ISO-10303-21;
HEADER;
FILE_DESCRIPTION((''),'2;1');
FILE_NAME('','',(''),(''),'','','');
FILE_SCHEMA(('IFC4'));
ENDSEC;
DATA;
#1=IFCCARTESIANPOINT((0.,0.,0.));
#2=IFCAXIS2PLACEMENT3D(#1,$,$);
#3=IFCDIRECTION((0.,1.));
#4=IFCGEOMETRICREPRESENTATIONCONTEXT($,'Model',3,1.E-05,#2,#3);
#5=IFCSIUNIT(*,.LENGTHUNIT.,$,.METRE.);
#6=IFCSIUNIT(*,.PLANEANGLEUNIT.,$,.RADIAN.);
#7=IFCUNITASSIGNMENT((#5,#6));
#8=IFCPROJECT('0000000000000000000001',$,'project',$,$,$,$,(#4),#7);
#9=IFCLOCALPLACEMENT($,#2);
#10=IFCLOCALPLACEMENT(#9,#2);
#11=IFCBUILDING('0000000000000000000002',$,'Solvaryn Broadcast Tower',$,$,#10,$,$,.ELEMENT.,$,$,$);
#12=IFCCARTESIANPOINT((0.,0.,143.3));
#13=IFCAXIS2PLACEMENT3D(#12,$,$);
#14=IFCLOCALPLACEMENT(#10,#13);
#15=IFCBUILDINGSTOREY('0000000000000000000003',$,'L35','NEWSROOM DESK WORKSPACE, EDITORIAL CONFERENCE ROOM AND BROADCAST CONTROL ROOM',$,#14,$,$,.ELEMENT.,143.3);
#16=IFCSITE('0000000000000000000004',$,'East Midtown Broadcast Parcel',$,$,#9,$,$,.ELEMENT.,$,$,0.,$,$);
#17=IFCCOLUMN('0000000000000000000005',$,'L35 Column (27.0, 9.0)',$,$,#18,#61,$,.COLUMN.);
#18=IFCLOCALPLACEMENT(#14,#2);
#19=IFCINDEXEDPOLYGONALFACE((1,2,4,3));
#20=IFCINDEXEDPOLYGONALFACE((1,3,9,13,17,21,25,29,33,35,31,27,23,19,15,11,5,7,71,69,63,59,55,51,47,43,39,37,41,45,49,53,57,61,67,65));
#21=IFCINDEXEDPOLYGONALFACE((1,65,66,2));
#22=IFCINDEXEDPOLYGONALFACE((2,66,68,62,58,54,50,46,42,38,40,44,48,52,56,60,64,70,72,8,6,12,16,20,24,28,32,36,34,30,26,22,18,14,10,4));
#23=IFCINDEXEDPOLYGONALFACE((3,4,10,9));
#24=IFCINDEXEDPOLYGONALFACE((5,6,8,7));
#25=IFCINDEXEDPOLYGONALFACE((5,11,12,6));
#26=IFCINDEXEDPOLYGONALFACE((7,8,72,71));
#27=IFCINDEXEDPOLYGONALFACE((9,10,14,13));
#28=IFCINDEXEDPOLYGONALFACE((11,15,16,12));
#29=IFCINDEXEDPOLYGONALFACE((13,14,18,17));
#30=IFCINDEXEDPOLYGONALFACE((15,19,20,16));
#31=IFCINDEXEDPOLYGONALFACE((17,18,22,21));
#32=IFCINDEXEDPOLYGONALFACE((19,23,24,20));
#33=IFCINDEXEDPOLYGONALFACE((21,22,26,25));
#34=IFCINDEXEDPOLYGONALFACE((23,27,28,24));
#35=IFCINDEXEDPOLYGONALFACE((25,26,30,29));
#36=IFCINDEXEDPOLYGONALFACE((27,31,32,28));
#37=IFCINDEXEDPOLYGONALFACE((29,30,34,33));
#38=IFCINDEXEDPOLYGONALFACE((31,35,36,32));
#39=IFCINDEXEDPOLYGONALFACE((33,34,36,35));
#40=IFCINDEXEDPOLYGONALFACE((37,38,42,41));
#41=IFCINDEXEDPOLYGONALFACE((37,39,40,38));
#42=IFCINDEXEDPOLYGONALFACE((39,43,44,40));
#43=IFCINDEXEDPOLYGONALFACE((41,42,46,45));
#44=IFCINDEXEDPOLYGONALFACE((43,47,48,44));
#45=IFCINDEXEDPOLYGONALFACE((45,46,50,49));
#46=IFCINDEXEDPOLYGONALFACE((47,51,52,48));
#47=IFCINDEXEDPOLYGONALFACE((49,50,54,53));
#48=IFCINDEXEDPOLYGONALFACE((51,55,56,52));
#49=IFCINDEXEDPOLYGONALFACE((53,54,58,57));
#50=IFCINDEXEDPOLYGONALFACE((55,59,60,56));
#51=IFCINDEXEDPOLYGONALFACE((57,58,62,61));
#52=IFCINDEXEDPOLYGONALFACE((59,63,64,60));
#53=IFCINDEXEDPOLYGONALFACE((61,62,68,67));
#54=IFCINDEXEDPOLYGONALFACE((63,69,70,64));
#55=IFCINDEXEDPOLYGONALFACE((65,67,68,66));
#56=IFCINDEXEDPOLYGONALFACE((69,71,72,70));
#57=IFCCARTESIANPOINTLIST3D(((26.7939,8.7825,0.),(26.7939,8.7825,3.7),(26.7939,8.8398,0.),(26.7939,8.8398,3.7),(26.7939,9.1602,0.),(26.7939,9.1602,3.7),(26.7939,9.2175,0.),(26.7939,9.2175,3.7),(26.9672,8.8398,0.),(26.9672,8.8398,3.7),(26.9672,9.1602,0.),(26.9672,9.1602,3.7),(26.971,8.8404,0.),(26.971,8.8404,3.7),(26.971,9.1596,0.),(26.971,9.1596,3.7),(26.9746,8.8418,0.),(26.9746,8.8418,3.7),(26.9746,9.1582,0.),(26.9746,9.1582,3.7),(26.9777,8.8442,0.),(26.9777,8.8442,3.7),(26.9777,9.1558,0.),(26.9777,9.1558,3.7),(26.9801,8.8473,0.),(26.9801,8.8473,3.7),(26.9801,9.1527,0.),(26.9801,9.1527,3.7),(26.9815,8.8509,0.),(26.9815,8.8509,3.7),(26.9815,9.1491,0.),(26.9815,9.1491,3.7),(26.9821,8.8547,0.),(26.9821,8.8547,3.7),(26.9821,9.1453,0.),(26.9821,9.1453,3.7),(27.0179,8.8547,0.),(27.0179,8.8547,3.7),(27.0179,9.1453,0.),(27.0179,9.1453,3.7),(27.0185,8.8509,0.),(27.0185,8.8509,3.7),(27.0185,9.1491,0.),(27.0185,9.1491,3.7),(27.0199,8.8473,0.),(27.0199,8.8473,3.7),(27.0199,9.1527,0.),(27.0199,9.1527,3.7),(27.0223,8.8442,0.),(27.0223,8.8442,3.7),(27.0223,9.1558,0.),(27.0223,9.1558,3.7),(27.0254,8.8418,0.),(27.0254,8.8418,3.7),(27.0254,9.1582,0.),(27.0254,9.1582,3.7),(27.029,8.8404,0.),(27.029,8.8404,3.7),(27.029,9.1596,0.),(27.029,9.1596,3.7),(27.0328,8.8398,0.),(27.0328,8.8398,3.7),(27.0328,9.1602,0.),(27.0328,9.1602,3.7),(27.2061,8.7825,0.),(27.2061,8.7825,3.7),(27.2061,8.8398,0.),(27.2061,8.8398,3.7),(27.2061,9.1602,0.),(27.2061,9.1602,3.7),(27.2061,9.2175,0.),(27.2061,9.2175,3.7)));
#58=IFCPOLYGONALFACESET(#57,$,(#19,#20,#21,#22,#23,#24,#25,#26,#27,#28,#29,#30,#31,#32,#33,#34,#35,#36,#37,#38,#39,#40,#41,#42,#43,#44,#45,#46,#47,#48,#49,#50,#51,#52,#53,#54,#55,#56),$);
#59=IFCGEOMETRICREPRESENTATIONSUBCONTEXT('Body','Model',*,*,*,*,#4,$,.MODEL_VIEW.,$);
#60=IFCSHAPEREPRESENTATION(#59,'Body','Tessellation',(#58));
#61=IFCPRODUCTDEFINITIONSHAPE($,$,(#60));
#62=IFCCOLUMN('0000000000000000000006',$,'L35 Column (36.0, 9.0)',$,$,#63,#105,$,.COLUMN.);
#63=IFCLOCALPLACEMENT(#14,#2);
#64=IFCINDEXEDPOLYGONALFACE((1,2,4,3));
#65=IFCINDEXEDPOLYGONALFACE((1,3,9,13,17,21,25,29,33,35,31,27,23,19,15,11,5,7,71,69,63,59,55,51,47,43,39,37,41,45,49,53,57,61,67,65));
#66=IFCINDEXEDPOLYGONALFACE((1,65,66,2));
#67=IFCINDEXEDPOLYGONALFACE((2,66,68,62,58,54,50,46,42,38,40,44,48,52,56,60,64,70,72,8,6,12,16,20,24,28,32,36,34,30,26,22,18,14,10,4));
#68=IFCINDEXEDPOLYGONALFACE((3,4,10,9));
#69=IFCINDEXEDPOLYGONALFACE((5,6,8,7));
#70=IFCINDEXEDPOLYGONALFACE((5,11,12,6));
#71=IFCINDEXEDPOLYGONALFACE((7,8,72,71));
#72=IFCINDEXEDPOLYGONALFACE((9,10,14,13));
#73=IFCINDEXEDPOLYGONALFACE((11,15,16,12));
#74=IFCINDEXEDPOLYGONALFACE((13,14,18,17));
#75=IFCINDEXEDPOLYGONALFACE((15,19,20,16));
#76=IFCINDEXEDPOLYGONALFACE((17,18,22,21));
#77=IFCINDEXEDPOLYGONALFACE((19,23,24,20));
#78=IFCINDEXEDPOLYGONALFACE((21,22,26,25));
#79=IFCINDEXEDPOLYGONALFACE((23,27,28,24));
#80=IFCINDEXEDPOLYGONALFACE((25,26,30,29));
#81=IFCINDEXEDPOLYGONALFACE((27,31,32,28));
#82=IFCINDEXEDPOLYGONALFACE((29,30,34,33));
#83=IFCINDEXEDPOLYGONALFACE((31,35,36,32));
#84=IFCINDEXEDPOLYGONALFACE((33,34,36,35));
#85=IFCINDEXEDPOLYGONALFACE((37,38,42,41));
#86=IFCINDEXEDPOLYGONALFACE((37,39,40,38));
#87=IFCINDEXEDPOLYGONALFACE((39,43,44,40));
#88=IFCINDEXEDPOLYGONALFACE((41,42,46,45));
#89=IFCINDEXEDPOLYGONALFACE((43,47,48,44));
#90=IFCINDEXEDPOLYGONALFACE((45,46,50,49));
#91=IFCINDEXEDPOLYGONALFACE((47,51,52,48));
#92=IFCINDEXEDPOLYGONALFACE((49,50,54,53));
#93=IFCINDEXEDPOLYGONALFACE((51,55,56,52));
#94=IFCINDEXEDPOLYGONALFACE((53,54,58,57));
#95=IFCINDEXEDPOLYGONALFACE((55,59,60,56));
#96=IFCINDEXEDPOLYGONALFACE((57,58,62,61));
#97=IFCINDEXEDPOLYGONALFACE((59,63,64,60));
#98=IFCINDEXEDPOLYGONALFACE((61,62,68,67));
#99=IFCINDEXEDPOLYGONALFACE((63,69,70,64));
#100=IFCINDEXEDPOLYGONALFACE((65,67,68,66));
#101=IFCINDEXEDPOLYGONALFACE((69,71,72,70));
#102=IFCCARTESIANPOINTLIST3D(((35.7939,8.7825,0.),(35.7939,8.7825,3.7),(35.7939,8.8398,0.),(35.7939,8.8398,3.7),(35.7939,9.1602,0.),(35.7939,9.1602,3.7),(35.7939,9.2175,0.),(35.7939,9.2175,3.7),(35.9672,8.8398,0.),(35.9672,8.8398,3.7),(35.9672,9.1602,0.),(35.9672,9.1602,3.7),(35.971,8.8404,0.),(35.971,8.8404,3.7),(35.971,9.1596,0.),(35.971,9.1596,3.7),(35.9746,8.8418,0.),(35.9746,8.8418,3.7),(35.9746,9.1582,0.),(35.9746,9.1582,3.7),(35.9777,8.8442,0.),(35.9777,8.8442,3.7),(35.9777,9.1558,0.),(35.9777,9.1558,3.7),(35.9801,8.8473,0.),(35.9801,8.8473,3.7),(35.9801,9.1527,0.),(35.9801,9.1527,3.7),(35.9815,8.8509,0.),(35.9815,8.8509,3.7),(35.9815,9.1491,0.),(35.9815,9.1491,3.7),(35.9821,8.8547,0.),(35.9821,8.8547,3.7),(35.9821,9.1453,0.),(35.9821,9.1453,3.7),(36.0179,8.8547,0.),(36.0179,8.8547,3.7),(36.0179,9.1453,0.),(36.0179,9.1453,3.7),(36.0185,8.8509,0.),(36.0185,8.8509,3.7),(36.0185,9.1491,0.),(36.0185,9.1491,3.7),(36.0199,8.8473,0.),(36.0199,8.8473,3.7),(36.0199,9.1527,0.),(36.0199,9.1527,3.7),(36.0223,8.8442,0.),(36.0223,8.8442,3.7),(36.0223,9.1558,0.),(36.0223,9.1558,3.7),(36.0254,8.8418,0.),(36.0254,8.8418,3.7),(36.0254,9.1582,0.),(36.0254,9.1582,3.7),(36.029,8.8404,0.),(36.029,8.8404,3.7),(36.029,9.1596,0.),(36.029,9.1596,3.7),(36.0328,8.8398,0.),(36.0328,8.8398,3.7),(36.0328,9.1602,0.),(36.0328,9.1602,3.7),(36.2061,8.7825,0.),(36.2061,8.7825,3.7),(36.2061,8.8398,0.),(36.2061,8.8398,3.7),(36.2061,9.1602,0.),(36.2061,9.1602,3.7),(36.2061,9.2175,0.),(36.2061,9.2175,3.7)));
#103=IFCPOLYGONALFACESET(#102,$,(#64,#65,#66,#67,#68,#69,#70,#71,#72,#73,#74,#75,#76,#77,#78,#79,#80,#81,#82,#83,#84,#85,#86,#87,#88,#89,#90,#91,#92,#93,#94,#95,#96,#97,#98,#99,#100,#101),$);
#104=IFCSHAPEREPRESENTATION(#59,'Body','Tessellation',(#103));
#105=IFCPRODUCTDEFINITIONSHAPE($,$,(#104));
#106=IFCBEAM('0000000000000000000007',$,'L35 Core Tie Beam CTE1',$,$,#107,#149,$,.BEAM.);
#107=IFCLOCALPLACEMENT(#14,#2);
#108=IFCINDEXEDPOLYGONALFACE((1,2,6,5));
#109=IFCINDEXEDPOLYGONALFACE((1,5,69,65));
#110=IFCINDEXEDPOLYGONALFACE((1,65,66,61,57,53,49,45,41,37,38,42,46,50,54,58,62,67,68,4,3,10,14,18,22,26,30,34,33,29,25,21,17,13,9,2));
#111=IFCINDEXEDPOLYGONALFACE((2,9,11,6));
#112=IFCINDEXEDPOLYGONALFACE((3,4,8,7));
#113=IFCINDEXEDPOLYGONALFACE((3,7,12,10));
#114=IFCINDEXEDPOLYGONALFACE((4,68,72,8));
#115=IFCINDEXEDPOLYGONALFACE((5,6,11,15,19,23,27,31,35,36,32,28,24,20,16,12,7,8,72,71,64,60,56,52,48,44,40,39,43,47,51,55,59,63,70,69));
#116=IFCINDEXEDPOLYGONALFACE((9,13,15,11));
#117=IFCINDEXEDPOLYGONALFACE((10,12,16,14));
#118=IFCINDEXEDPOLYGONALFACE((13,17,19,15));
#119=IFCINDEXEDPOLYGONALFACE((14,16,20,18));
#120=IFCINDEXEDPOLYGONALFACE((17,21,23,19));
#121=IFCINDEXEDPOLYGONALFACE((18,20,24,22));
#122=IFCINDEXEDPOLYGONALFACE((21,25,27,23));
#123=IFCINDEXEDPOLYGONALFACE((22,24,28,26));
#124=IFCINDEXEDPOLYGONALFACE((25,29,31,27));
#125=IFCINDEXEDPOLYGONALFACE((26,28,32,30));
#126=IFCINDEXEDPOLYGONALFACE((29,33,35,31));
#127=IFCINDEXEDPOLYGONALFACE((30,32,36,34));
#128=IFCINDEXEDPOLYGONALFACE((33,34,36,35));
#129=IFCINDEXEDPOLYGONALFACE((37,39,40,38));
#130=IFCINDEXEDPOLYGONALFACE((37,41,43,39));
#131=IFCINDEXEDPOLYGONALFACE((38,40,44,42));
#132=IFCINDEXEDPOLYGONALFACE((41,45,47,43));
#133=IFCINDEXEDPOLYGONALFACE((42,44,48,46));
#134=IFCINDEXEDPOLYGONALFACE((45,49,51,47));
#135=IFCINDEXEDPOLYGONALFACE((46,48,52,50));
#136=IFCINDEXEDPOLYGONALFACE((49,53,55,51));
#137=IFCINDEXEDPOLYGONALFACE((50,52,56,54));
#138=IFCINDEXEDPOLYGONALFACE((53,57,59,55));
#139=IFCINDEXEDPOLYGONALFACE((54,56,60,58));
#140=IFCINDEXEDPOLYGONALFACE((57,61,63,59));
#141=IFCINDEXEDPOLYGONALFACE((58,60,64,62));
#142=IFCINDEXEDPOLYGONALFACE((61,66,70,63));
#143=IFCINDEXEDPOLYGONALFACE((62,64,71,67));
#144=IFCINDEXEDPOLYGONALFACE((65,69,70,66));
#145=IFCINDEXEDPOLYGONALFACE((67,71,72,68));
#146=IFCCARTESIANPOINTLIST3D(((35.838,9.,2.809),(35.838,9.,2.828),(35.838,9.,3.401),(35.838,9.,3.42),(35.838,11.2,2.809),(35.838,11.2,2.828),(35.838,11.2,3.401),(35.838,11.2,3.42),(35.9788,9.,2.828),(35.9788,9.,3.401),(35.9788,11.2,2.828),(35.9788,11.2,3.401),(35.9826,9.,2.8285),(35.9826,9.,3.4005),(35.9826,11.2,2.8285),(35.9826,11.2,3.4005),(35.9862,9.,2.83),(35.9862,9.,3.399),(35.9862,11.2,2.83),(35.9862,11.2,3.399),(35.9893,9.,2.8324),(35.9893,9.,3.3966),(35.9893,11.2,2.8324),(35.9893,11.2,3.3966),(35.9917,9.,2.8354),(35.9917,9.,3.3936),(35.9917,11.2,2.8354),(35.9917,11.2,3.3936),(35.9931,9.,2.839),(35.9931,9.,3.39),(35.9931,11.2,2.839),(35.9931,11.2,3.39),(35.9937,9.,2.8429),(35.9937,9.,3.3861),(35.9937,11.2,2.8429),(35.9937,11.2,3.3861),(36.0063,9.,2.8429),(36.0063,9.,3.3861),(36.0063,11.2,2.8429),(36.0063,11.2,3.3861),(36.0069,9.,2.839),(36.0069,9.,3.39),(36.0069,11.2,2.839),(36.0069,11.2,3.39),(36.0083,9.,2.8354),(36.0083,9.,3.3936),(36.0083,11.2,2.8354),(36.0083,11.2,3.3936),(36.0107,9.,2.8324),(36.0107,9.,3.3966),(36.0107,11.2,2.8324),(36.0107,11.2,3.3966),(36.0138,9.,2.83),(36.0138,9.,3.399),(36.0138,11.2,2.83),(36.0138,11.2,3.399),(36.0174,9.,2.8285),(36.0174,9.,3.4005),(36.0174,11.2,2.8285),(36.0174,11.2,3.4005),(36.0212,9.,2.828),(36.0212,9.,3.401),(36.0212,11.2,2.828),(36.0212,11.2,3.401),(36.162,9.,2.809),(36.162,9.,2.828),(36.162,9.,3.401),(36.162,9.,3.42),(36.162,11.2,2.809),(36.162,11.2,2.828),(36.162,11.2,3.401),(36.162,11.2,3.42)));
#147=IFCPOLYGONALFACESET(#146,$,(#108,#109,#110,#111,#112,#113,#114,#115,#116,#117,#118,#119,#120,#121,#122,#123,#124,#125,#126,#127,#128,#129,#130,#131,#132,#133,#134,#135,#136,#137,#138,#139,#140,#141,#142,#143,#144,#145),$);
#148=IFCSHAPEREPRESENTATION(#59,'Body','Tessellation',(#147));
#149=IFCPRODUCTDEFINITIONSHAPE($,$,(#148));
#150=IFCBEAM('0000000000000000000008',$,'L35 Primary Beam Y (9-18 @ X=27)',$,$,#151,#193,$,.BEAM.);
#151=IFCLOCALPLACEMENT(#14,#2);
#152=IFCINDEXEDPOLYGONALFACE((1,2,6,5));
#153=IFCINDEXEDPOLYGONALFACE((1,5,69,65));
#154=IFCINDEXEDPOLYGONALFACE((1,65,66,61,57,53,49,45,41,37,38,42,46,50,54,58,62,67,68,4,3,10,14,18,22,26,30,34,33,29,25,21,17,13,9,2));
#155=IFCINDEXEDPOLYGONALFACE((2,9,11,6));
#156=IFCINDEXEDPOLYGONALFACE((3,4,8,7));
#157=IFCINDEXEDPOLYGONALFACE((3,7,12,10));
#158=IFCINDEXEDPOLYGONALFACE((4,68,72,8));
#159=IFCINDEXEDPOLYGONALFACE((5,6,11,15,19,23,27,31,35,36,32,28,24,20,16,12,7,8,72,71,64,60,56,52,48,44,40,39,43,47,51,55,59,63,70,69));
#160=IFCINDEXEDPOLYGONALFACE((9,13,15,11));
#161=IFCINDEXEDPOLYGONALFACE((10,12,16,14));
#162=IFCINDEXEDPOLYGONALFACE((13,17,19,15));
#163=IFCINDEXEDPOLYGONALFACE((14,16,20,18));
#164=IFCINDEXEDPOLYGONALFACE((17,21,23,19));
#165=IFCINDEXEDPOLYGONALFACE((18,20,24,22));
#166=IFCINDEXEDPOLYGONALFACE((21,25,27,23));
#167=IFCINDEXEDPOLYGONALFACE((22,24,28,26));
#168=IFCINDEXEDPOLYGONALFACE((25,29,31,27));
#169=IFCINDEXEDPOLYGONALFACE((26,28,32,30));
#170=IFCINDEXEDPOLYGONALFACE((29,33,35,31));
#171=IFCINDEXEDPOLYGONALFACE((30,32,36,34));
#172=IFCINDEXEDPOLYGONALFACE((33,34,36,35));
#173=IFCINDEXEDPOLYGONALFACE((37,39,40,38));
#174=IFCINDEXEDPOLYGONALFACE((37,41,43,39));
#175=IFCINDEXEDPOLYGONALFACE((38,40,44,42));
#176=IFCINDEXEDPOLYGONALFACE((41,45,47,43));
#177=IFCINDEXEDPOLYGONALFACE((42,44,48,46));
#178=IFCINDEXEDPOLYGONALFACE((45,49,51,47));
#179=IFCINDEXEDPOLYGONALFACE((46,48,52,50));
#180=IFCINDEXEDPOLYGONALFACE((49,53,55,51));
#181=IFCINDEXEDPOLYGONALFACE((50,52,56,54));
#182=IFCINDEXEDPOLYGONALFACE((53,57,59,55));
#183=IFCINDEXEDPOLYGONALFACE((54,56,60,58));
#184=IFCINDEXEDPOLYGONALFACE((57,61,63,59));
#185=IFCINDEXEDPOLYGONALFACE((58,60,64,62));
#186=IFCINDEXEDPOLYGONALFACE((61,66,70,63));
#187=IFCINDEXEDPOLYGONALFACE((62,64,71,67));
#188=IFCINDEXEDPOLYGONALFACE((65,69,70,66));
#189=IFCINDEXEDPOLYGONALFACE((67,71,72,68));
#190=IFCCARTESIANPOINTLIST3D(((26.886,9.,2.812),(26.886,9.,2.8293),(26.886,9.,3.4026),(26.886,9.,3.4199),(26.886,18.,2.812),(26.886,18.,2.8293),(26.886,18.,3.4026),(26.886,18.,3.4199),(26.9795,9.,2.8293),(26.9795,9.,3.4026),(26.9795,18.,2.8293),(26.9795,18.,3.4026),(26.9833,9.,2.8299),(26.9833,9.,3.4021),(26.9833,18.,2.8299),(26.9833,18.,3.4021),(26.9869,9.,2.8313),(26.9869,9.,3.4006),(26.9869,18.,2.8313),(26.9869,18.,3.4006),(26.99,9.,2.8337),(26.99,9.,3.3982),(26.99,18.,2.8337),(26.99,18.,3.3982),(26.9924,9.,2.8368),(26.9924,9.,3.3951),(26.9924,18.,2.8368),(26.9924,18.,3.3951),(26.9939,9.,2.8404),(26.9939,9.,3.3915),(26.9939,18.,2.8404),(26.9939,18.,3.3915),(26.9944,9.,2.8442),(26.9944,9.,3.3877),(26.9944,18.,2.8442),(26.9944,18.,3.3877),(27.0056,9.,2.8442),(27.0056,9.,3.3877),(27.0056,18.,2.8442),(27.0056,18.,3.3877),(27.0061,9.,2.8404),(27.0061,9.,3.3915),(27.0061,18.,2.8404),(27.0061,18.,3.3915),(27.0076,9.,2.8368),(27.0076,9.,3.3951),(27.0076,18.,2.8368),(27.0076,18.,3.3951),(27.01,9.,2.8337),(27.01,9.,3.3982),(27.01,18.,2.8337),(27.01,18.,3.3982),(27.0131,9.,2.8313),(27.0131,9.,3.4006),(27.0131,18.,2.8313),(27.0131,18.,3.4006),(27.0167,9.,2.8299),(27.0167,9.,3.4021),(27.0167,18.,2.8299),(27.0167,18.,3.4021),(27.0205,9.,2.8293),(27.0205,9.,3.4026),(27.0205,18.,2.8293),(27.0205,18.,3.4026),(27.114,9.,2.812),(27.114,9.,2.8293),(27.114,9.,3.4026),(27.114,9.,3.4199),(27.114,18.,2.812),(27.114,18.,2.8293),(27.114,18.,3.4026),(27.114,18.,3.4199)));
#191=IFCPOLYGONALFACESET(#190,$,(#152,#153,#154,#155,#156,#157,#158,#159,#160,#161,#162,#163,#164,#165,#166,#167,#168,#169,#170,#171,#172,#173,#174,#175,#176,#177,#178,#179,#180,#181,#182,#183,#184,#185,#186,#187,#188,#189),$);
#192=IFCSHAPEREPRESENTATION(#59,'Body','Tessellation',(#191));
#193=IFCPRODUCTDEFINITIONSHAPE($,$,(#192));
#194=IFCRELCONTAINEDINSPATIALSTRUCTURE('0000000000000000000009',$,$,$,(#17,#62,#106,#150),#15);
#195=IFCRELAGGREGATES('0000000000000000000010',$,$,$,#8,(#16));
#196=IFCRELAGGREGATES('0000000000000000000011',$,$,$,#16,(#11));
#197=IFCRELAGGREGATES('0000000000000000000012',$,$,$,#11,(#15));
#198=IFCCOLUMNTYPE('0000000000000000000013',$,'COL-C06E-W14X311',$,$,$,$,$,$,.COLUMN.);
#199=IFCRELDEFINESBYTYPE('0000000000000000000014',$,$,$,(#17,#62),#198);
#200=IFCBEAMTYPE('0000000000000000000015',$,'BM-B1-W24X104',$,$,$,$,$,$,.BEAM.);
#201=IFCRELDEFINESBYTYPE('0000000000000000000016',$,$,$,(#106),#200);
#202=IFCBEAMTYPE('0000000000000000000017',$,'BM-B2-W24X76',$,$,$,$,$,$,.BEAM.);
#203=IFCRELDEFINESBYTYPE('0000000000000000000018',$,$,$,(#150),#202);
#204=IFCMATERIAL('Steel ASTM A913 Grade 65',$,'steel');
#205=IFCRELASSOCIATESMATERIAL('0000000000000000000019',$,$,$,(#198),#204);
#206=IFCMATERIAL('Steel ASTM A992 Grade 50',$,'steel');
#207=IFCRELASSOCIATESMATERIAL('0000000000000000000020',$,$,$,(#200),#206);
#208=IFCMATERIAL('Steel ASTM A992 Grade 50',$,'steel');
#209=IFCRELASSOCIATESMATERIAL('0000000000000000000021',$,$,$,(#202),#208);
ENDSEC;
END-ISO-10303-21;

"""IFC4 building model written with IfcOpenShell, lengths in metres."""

from ifc_helpers import new_model, si_unit, direction, frame, origin, origin_2d, place, context, subcontext, project, spatial, i_section, extrude, material, material_profile, profile_set, type_object, element, save


model = new_model("IFC4")

# Units and contexts
model_context = context("Model", 3, precision=1e-05, world=origin(), true_north=direction((0.0, 1.0)))
body_context = subcontext(model_context, "Body", "Model", "MODEL_VIEW")
ifc_project = project(units=[si_unit("LENGTHUNIT", "METRE"), si_unit("PLANEANGLEUNIT", "RADIAN")], contexts=[model_context])

# Site, building, storey
site_placement = place(None, origin())
site = spatial("IfcSite", under=ifc_project, at=site_placement, Name="East Midtown Broadcast Parcel", CompositionType="ELEMENT", RefElevation=0.0)
building_placement = place(site_placement, origin())
building = spatial("IfcBuilding", under=site, at=building_placement, Name="Solvaryn Broadcast Tower", CompositionType="ELEMENT")
storey_placement = place(building_placement, frame((0.0, 0.0, 143.3)))
storey = spatial("IfcBuildingStorey", under=building, at=storey_placement, Name="L35", Description="NEWSROOM DESK WORKSPACE, EDITORIAL CONFERENCE ROOM AND BROADCAST CONTROL ROOM", CompositionType="ELEMENT", Elevation=143.3)

# Columns
ifc_material_1 = material(Name="Steel ASTM A913 Grade 65", Category="steel")
ifc_material_profile_1 = material_profile(ifc_material_1, i_section(OverallWidth=0.4121, OverallDepth=0.4351, WebThickness=0.0359, FlangeThickness=0.0574, FilletRadius=0.0149, at=origin_2d()))
ifc_profile_set_1 = profile_set([ifc_material_profile_1], Name="Steel ASTM A913 Grade 65")
column_type = type_object("IfcColumnType", Name="COL-C06E-W14X311", PredefinedType="COLUMN", material=ifc_profile_set_1)
for number, where, z_axis, x_axis, name in (
    (1, (27.0, 9.0, 0.0), (0.0, 0.0, 1.0), (1.0, 0.0, 0.0), "L35 Column (27.0, 9.0)"),
    (2, (36.0, 9.0, 0.0), (0.0, 0.0, 1.0), (1.0, 0.0, 0.0), "L35 Column (36.0, 9.0)"),
):
    element("IfcColumn", number, at=place(storey_placement, frame(where, z_axis=z_axis, x_axis=x_axis)), inside=storey, type_object=column_type, Name=name, PredefinedType="COLUMN", context=body_context, shape_type="SweptSolid", body=[
        extrude(i_section(OverallWidth=0.4121, OverallDepth=0.4351, WebThickness=0.0359, FlangeThickness=0.0574, FilletRadius=0.0149, at=origin_2d()), origin(), (0.0, 0.0, 1.0), 3.7),
    ])

# Beams
ifc_material_2 = material(Name="Steel ASTM A992 Grade 50", Category="steel")
ifc_material_profile_2 = material_profile(ifc_material_2, i_section(OverallWidth=0.324, OverallDepth=0.6111, WebThickness=0.0127, FlangeThickness=0.019, FilletRadius=0.0149, at=origin_2d()))
ifc_profile_set_2 = profile_set([ifc_material_profile_2], Name="Steel ASTM A992 Grade 50")
beam_type_1 = type_object("IfcBeamType", Name="BM-B1-W24X104", PredefinedType="BEAM", material=ifc_profile_set_2)
beam_1_placement = place(storey_placement, frame((36.0, 9.0, 3.1145), z_axis=(0.0, 1.0, 0.0), x_axis=(-1.0, 0.0, 0.0)))
element("IfcBeam", 3, at=beam_1_placement, inside=storey, type_object=beam_type_1, Name="L35 Core Tie Beam CTE1", PredefinedType="BEAM", context=body_context, shape_type="SweptSolid", body=[
    extrude(i_section(OverallWidth=0.324, OverallDepth=0.6111, WebThickness=0.0127, FlangeThickness=0.019, FilletRadius=0.0149, at=origin_2d()), origin(), (0.0, 0.0, 1.0), 2.2),
])
ifc_material_3 = material(Name="Steel ASTM A992 Grade 50", Category="steel")
ifc_material_profile_3 = material_profile(ifc_material_3, i_section(OverallWidth=0.228, OverallDepth=0.6079, WebThickness=0.0112, FlangeThickness=0.0173, FilletRadius=0.0149, at=origin_2d()))
ifc_profile_set_3 = profile_set([ifc_material_profile_3], Name="Steel ASTM A992 Grade 50")
beam_type_2 = type_object("IfcBeamType", Name="BM-B2-W24X76", PredefinedType="BEAM", material=ifc_profile_set_3)
beam_2_placement = place(storey_placement, frame((27.0, 9.0, 3.116), z_axis=(0.0, 1.0, 0.0), x_axis=(-1.0, 0.0, 0.0)))
element("IfcBeam", 4, at=beam_2_placement, inside=storey, type_object=beam_type_2, Name="L35 Primary Beam Y (9-18 @ X=27)", PredefinedType="BEAM", context=body_context, shape_type="SweptSolid", body=[
    extrude(i_section(OverallWidth=0.228, OverallDepth=0.6079, WebThickness=0.0112, FlangeThickness=0.0173, FilletRadius=0.0149, at=origin_2d()), origin(), (0.0, 0.0, 1.0), 9.0),
])

save(model, "model.ifc")
